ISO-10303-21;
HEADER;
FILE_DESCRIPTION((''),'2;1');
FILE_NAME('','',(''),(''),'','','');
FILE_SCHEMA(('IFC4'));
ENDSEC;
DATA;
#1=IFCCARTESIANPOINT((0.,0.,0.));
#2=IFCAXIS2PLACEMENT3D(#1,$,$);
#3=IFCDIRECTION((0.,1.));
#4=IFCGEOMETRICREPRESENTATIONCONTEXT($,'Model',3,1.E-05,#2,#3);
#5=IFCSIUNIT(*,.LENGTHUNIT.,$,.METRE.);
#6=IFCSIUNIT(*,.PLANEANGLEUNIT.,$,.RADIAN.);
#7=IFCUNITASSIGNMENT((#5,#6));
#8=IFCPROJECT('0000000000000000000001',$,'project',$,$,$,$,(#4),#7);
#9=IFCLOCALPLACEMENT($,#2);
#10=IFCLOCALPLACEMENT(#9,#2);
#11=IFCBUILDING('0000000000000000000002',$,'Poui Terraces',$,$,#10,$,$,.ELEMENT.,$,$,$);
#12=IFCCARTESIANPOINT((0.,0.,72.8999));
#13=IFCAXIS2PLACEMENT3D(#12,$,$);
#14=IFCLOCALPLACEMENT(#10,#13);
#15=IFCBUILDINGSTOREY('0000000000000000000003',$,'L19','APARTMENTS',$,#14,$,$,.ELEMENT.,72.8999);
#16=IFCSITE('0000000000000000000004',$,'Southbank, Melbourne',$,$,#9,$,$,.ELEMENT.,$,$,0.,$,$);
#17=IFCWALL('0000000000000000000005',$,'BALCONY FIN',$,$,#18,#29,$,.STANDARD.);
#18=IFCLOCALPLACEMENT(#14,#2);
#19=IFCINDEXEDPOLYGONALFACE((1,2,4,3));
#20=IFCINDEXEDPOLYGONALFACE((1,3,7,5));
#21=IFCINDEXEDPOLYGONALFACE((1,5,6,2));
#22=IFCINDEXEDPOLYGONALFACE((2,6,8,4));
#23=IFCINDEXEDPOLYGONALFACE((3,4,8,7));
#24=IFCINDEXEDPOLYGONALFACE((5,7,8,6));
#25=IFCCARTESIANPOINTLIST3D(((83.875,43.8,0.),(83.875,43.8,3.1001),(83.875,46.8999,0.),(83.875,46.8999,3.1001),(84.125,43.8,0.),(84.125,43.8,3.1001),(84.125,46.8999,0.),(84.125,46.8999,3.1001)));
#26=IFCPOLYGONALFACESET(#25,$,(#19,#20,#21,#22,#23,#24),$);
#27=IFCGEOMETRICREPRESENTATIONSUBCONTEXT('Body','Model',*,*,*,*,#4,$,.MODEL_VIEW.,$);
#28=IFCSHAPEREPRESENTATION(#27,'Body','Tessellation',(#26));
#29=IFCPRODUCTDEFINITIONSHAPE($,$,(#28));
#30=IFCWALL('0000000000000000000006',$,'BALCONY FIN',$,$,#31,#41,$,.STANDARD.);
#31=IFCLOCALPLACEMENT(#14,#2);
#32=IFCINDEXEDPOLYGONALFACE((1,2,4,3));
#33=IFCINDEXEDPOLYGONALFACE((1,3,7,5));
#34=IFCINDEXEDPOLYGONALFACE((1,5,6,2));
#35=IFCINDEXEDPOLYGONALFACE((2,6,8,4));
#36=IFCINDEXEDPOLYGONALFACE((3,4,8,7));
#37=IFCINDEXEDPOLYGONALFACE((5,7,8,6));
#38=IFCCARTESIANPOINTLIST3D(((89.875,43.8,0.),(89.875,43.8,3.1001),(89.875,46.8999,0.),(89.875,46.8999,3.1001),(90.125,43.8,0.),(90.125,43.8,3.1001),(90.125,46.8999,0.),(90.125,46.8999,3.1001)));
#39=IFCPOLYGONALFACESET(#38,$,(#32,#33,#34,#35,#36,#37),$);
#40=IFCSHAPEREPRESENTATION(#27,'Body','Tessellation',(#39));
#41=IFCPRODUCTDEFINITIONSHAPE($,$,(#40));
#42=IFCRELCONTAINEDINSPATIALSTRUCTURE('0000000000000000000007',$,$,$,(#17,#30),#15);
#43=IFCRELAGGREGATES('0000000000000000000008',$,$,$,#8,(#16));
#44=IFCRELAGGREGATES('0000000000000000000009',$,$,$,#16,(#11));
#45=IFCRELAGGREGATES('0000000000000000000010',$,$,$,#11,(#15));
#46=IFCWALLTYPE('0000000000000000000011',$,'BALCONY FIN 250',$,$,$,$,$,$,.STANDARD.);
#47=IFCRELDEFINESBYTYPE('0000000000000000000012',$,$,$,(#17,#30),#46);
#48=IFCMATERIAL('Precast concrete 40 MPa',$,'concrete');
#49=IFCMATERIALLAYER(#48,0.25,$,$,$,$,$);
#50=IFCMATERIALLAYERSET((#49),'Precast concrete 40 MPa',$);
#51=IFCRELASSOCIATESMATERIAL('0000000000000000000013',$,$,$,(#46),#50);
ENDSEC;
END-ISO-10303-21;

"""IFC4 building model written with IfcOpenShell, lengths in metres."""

from ifc_helpers import new_model, si_unit, direction, frame, origin, place, context, subcontext, project, spatial, polyline, outline, extrude, source, transform, mapped, material, layer, layer_set, type_object, element, save


model = new_model("IFC4")

# Units and contexts
model_context = context("Model", 3, precision=1e-05, world=origin(), true_north=direction((0.0, 1.0)))
body_context = subcontext(model_context, "Body", "Model", "MODEL_VIEW")
ifc_project = project(units=[si_unit("LENGTHUNIT", "METRE"), si_unit("PLANEANGLEUNIT", "RADIAN")], contexts=[model_context])

# Site, building, storey
site_placement = place(None, origin())
site = spatial("IfcSite", under=ifc_project, at=site_placement, Name="Southbank, Melbourne", CompositionType="ELEMENT", RefElevation=0.0)
building_placement = place(site_placement, origin())
building = spatial("IfcBuilding", under=site, at=building_placement, Name="Poui Terraces", CompositionType="ELEMENT")
storey_placement = place(building_placement, frame((0.0, 0.0, 72.8999)))
storey = spatial("IfcBuildingStorey", under=building, at=storey_placement, Name="L19", Description="APARTMENTS", CompositionType="ELEMENT", Elevation=72.8999)

# Walls
ifc_material_1 = material(Name="Precast concrete 40 MPa", Category="concrete")
ifc_layer_1 = layer(ifc_material_1, 0.25)
ifc_layer_set_1 = layer_set([ifc_layer_1], Name="Precast concrete 40 MPa")
wall_type_1 = type_object("IfcWallType", Name="BALCONY FIN 250", PredefinedType="STANDARD", material=ifc_layer_set_1)
shared_shape_1 = source(origin(), body_context, "Body", "SweptSolid", [
    extrude(outline(polyline([(0.0, 0.0), (0.25, 0.0), (0.25, 3.0999), (0.0, 3.0999), (0.0, 0.0)])), origin(), (0.0, 0.0, 1.0), 3.1001),
])
for number, where, name in (
    (1, (83.875, 43.8, 0.0), "BALCONY FIN"),
    (2, (89.875, 43.8, 0.0), "BALCONY FIN"),
):
    element("IfcWall", number, at=place(storey_placement, frame(where)), inside=storey, type_object=wall_type_1, Name=name, PredefinedType="STANDARD", context=body_context, shape_type="MappedRepresentation", body=[
        mapped(shared_shape_1, transform((0.0, 0.0, 0.0))),
    ])

save(model, "model.ifc")
